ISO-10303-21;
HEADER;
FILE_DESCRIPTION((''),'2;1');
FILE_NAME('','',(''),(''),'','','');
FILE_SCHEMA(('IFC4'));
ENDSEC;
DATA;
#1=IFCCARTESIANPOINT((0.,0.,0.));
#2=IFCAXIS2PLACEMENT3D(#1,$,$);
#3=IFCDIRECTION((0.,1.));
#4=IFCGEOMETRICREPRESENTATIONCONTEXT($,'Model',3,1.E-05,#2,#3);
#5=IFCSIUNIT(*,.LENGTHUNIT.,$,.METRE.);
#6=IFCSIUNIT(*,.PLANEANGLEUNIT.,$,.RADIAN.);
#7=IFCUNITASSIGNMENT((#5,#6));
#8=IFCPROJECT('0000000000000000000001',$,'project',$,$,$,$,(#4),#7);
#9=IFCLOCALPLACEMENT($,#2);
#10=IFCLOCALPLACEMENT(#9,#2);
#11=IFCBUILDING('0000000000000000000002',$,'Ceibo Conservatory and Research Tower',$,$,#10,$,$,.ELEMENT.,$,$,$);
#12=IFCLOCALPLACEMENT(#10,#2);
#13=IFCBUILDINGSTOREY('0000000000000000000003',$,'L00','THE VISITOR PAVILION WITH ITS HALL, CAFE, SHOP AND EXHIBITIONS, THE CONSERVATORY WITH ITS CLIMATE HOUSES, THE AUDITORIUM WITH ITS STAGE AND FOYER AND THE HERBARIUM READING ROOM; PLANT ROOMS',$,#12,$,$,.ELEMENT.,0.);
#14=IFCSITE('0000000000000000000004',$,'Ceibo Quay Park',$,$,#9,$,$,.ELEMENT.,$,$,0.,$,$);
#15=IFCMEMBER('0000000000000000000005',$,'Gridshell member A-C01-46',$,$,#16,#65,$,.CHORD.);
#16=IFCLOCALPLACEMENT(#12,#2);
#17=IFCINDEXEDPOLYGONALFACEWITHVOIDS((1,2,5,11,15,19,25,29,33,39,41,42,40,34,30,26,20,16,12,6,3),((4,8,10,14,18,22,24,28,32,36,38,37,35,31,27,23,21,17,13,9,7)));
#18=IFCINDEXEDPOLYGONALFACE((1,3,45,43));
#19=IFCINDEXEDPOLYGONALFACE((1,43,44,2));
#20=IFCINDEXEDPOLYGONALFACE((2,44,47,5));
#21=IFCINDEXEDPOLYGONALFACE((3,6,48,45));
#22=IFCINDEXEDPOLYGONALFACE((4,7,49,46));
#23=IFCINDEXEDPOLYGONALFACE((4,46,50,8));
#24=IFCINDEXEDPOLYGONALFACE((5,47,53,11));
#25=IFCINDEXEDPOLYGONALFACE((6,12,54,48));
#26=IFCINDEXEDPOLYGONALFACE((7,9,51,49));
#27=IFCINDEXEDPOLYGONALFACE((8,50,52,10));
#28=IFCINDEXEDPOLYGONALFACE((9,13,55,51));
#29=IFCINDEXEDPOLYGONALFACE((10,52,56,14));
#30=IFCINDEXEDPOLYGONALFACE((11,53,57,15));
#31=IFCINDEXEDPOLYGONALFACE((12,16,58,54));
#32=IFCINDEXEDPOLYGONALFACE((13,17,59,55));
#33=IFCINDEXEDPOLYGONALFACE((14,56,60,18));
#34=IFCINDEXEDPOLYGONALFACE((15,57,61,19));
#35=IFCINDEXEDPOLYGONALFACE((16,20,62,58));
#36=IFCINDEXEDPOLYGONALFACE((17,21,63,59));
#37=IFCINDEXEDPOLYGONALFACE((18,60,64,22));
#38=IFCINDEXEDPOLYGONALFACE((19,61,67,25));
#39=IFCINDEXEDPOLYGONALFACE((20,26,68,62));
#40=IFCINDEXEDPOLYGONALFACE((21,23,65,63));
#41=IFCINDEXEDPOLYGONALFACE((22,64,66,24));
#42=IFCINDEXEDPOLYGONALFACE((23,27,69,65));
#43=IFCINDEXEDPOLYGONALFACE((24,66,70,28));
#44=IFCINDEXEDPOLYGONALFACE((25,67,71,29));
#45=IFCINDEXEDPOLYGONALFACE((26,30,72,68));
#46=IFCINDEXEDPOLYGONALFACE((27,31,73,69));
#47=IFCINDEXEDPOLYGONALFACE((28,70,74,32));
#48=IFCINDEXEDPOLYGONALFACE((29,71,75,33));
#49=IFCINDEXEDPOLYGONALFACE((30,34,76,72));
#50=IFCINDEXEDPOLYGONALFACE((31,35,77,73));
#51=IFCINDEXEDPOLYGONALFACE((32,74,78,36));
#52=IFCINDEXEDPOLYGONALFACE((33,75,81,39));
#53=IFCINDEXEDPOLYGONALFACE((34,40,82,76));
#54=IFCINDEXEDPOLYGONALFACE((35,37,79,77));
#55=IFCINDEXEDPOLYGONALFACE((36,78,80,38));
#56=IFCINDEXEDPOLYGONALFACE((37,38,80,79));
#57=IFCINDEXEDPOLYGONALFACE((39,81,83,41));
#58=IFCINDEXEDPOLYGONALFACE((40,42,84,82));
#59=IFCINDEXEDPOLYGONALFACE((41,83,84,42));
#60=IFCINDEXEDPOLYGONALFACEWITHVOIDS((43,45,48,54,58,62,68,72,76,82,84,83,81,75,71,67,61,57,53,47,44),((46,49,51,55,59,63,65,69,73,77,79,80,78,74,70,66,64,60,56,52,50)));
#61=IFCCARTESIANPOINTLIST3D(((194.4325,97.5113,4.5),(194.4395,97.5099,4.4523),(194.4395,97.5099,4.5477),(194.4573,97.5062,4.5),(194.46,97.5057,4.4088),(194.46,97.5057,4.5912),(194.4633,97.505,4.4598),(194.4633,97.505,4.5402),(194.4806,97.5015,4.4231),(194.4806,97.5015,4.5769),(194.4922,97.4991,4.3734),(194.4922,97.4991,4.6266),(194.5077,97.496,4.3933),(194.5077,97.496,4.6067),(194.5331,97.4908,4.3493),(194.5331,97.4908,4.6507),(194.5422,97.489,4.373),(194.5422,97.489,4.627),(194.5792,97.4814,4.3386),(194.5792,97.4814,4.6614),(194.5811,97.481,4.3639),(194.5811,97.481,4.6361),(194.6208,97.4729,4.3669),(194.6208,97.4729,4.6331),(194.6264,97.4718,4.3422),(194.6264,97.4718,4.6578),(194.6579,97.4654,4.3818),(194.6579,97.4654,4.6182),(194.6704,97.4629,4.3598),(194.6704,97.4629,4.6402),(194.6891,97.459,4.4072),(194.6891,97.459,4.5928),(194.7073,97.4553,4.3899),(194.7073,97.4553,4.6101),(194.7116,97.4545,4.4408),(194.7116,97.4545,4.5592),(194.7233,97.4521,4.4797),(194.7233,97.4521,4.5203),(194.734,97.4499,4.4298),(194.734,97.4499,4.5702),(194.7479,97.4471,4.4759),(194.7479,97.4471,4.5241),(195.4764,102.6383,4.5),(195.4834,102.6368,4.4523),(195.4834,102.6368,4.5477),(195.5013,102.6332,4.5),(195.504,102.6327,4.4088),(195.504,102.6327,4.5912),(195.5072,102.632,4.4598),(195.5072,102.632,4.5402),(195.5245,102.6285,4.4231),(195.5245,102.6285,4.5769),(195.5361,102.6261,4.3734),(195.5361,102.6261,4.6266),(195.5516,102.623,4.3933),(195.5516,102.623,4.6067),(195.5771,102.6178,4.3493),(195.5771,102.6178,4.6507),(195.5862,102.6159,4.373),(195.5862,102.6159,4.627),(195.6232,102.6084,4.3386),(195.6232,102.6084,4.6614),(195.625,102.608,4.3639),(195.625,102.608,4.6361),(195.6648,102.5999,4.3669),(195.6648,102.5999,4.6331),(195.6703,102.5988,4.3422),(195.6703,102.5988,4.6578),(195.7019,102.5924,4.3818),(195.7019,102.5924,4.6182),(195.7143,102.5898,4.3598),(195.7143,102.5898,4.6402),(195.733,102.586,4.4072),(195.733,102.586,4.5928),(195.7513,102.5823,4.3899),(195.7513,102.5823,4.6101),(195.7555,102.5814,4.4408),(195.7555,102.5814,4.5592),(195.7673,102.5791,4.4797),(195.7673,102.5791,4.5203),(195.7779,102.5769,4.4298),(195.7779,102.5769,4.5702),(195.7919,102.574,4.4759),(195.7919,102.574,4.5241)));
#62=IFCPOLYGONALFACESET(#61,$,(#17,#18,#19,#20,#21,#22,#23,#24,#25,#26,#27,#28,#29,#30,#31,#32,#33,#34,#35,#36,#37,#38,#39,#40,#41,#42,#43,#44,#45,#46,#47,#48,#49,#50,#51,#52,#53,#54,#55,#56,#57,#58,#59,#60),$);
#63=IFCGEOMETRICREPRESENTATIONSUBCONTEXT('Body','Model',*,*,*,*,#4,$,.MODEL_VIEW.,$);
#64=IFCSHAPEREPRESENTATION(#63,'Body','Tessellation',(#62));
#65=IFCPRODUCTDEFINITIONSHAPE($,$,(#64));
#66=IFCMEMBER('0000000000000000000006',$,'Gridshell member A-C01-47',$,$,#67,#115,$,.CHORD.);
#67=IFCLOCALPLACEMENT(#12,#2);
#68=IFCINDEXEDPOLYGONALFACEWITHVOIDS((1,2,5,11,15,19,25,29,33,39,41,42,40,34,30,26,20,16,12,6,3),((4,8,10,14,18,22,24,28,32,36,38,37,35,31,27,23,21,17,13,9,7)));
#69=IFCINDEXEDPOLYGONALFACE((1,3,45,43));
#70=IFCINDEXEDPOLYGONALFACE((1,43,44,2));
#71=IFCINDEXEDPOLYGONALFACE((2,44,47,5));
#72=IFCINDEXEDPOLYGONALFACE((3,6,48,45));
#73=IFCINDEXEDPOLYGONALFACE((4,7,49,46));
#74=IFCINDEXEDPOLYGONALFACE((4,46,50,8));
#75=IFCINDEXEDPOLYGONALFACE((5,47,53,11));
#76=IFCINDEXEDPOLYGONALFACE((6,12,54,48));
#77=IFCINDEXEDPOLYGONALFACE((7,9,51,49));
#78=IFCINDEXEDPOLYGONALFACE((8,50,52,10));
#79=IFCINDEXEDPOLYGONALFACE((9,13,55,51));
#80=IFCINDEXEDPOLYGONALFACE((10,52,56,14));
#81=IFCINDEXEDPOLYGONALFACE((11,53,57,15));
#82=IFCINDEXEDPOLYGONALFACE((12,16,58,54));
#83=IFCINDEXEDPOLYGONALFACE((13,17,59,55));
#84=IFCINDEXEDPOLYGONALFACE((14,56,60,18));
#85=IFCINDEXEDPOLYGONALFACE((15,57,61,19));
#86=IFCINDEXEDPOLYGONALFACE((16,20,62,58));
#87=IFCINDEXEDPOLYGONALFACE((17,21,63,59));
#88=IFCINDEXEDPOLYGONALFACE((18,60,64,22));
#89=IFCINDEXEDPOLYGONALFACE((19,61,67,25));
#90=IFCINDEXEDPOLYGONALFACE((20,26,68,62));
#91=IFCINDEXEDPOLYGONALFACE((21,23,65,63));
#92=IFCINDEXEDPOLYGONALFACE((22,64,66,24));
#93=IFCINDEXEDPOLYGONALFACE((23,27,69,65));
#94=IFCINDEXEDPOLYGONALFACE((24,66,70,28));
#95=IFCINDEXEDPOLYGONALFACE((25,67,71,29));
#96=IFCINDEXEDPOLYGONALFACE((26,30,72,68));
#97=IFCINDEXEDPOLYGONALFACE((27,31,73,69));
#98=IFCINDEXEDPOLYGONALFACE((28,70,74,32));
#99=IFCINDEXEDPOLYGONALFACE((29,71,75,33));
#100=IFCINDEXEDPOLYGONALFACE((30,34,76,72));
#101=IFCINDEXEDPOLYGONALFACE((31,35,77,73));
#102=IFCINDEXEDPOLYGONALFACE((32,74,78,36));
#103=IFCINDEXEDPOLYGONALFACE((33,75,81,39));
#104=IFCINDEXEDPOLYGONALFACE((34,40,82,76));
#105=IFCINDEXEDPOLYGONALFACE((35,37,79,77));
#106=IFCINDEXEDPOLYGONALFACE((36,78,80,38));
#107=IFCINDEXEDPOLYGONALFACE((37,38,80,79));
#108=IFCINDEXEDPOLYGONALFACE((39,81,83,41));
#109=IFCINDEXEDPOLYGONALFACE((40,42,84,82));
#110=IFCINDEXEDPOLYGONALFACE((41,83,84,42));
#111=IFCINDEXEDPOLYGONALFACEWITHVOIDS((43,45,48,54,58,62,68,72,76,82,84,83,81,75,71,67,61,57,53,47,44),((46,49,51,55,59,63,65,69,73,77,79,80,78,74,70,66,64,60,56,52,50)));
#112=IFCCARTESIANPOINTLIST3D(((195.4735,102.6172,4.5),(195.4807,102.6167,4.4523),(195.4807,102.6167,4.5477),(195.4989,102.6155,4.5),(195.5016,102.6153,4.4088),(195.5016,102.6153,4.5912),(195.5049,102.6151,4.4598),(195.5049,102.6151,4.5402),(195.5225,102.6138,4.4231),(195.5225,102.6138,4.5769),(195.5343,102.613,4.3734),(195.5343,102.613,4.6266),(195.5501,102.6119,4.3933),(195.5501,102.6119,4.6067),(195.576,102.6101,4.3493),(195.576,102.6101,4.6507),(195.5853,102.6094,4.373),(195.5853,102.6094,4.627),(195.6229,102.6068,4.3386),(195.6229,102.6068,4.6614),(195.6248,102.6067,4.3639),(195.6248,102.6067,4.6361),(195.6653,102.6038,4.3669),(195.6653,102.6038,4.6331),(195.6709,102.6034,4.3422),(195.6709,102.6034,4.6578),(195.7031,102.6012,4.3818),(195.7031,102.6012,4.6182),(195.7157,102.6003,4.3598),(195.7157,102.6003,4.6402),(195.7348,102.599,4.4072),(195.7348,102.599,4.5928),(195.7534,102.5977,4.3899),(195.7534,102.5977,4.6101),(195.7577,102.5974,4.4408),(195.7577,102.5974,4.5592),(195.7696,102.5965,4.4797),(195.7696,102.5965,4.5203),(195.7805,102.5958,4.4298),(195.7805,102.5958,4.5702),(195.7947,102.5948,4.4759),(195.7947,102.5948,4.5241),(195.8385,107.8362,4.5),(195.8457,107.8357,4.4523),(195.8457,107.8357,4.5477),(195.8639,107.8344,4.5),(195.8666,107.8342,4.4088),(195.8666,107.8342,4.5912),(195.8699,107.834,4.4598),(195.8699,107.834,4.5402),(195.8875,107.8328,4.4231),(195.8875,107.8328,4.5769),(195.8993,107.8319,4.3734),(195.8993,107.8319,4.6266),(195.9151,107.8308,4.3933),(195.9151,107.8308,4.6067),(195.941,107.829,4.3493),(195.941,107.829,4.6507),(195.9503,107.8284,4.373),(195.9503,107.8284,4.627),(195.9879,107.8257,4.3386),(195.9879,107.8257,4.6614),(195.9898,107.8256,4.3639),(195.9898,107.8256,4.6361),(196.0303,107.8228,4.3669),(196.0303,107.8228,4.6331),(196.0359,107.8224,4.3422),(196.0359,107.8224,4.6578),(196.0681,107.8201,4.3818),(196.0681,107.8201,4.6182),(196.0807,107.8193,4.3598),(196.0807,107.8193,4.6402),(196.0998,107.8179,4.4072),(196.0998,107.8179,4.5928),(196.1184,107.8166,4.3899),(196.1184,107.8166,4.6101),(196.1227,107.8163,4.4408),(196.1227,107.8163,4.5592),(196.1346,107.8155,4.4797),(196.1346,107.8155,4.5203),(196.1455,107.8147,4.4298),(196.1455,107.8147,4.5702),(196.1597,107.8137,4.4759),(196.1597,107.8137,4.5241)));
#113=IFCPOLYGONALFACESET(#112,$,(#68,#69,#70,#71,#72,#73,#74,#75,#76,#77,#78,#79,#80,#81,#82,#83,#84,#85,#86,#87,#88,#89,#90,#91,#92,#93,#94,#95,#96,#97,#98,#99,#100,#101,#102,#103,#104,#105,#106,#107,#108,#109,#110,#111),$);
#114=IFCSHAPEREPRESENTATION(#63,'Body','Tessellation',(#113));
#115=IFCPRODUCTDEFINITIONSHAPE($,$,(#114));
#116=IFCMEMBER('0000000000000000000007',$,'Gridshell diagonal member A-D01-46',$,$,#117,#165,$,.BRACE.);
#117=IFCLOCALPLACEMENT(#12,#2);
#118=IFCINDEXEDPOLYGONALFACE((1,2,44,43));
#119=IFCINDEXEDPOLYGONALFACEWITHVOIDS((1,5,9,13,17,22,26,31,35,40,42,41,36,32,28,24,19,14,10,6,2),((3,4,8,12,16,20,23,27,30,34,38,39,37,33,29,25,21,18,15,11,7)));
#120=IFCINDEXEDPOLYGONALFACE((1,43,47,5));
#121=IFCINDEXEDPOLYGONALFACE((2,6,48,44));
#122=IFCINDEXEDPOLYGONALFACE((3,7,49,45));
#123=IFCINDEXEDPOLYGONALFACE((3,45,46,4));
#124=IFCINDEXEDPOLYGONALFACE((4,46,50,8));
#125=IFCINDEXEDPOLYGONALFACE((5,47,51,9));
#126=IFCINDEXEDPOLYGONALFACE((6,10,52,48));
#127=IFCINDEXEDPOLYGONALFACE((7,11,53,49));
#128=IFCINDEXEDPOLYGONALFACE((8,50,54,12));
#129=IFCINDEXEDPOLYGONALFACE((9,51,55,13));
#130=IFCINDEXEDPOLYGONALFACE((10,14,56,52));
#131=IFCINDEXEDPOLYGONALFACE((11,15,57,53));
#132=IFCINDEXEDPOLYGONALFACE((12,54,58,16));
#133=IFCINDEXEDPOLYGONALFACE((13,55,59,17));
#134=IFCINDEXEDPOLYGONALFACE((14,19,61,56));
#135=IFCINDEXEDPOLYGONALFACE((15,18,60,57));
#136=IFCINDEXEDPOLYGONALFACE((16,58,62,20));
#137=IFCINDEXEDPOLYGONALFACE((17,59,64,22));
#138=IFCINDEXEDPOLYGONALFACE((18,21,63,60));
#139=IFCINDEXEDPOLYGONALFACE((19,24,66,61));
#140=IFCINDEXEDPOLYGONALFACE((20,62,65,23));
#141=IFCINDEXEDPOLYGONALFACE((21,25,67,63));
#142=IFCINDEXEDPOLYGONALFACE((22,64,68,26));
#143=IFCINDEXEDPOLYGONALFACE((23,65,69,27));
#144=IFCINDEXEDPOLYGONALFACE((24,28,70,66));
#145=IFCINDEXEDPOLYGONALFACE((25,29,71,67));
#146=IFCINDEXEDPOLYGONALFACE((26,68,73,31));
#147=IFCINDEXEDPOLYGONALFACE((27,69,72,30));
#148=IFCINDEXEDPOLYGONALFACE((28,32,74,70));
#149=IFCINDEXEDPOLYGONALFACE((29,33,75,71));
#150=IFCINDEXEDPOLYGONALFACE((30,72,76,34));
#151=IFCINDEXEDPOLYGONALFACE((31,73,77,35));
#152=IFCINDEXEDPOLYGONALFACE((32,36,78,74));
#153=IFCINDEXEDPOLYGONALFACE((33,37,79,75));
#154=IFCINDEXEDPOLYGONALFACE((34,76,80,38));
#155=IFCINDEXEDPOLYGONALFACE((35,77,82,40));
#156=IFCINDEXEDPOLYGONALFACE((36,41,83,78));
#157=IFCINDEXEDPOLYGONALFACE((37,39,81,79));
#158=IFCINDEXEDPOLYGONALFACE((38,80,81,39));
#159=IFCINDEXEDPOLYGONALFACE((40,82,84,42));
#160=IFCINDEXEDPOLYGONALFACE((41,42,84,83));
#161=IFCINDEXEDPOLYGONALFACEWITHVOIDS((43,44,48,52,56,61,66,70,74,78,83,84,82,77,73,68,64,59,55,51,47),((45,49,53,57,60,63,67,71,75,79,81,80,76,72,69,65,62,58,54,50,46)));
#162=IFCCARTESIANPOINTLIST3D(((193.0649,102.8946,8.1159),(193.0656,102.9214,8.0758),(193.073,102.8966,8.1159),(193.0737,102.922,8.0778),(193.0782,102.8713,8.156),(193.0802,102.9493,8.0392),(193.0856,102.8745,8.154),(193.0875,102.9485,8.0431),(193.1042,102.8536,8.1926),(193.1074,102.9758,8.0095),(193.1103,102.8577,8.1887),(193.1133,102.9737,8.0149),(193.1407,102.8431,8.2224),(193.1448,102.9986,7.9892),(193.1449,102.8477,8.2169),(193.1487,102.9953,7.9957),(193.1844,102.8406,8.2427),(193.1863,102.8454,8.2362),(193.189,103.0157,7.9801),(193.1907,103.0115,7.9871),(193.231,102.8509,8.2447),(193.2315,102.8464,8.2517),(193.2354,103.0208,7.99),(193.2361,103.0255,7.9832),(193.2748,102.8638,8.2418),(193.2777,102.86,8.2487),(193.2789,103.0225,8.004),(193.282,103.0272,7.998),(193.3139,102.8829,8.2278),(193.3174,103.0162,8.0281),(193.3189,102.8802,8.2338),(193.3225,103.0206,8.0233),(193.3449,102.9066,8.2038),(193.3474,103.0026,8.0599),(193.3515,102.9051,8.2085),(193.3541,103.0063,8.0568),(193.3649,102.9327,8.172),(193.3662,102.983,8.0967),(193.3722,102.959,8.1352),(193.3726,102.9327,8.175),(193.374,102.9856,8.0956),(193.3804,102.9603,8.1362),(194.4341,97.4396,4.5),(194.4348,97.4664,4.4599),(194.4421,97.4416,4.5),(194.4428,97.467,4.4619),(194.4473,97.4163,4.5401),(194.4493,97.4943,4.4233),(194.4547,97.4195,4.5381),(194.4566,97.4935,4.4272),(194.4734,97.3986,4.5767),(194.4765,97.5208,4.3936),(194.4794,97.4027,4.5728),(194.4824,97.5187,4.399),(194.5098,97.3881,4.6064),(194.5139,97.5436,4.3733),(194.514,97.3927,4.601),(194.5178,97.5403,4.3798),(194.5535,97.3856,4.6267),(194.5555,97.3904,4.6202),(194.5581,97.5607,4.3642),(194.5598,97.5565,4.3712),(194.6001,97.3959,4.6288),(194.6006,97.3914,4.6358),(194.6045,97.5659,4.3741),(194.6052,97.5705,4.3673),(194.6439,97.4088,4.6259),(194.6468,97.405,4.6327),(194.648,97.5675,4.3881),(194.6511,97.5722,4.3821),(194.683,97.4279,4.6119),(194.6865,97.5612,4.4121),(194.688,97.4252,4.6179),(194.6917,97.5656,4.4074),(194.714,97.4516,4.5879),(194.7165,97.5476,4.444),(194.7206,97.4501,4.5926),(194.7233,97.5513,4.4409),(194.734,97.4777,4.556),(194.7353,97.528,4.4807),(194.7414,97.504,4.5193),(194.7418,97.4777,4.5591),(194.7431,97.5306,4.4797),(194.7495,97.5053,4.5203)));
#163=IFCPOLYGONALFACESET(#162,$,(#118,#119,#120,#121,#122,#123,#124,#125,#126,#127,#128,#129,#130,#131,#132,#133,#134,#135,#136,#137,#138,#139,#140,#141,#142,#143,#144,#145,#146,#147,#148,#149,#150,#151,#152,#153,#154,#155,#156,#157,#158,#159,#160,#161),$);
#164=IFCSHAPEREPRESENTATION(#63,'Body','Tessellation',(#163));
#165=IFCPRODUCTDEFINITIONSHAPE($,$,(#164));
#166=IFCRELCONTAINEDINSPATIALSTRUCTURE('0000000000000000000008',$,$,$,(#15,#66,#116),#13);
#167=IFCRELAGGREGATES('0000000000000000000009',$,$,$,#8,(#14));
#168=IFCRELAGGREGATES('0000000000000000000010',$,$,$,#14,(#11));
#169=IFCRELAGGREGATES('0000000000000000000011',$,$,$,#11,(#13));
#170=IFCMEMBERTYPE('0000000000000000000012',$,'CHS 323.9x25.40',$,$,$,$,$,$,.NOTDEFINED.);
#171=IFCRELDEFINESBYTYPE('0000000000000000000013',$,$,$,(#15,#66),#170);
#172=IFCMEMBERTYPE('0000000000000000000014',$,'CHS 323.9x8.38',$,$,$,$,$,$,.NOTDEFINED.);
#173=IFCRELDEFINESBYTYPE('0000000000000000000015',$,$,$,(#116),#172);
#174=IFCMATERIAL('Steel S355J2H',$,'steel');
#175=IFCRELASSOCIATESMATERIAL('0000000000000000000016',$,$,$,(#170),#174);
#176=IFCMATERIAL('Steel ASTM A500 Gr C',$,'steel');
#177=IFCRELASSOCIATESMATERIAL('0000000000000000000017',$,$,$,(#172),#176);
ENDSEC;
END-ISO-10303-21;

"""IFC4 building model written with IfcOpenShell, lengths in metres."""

from ifc_helpers import new_model, si_unit, direction, frame, origin, origin_2d, place, context, subcontext, project, spatial, hollow_circle, extrude, material, material_profile, profile_set, type_object, element, save


model = new_model("IFC4")

# Units and contexts
model_context = context("Model", 3, precision=1e-05, world=origin(), true_north=direction((0.0, 1.0)))
body_context = subcontext(model_context, "Body", "Model", "MODEL_VIEW")
ifc_project = project(units=[si_unit("LENGTHUNIT", "METRE"), si_unit("PLANEANGLEUNIT", "RADIAN")], contexts=[model_context])

# Site, building, storey
site_placement = place(None, origin())
site = spatial("IfcSite", under=ifc_project, at=site_placement, Name="Ceibo Quay Park", CompositionType="ELEMENT", RefElevation=0.0)
building_placement = place(site_placement, origin())
building = spatial("IfcBuilding", under=site, at=building_placement, Name="Ceibo Conservatory and Research Tower", CompositionType="ELEMENT")
storey_placement = place(building_placement, origin())
storey = spatial("IfcBuildingStorey", under=building, at=storey_placement, Name="L00", Description="THE VISITOR PAVILION WITH ITS HALL, CAFE, SHOP AND EXHIBITIONS, THE CONSERVATORY WITH ITS CLIMATE HOUSES, THE AUDITORIUM WITH ITS STAGE AND FOYER AND THE HERBARIUM READING ROOM; PLANT ROOMS", CompositionType="ELEMENT", Elevation=0.0)

# Shared definitions
ifc_material_1 = material(Name="Steel ASTM A500 Gr C", Category="steel")

# Members
ifc_material_2 = material(Name="Steel S355J2H", Category="steel")
ifc_material_profile_1 = material_profile(ifc_material_2, hollow_circle(Radius=0.1619, WallThickness=0.0254, at=origin_2d()), Name="CHS 323.9x25.40")
ifc_profile_set_1 = profile_set([ifc_material_profile_1], Name="Steel S355J2H")
member_type_1 = type_object("IfcMemberType", Name="CHS 323.9x25.40", PredefinedType="NOTDEFINED", material=ifc_profile_set_1)
member_1_placement = place(storey_placement, frame((194.5911, 97.479, 4.5), z_axis=(0.199525, 0.979893, 0.0), x_axis=(-0.979893, 0.199525, 0.0)))
element("IfcMember", 1, at=member_1_placement, inside=storey, type_object=member_type_1, Name="Gridshell member A-C01-46", PredefinedType="CHORD", context=body_context, shape_type="SweptSolid", body=[
    extrude(hollow_circle(Radius=0.1619, WallThickness=0.0254, at=origin_2d()), origin(), (0.0, 0.0, 1.0), 5.2322),
])
member_2_placement = place(storey_placement, frame((195.635, 102.606, 4.5), z_axis=(0.069765, 0.997563, 0.0), x_axis=(-0.997563, 0.069765, 0.0)))
element("IfcMember", 2, at=member_2_placement, inside=storey, type_object=member_type_1, Name="Gridshell member A-C01-47", PredefinedType="CHORD", context=body_context, shape_type="SweptSolid", body=[
    extrude(hollow_circle(Radius=0.1619, WallThickness=0.0254, at=origin_2d()), origin(), (0.0, 0.0, 1.0), 5.2317),
])
ifc_material_profile_2 = material_profile(ifc_material_1, hollow_circle(Radius=0.1619, WallThickness=0.0083, at=origin_2d()), Name="CHS 323.9x8.38")
ifc_profile_set_2 = profile_set([ifc_material_profile_2], Name="Steel ASTM A500 Gr C")
member_type_2 = type_object("IfcMemberType", Name="CHS 323.9x8.38", PredefinedType="NOTDEFINED", material=ifc_profile_set_2)
member_3_placement = place(storey_placement, frame((194.5911, 97.479, 4.5), z_axis=(-0.204766, 0.81585, 0.540796), x_axis=(-0.969917, -0.243434, 0.0)))
element("IfcMember", 3, at=member_3_placement, inside=storey, type_object=member_type_2, Name="Gridshell diagonal member A-D01-46", PredefinedType="BRACE", context=body_context, shape_type="SweptSolid", body=[
    extrude(hollow_circle(Radius=0.1619, WallThickness=0.0083, at=origin_2d()), origin(), (0.0, 0.0, 1.0), 6.6863),
])

save(model, "model.ifc")
